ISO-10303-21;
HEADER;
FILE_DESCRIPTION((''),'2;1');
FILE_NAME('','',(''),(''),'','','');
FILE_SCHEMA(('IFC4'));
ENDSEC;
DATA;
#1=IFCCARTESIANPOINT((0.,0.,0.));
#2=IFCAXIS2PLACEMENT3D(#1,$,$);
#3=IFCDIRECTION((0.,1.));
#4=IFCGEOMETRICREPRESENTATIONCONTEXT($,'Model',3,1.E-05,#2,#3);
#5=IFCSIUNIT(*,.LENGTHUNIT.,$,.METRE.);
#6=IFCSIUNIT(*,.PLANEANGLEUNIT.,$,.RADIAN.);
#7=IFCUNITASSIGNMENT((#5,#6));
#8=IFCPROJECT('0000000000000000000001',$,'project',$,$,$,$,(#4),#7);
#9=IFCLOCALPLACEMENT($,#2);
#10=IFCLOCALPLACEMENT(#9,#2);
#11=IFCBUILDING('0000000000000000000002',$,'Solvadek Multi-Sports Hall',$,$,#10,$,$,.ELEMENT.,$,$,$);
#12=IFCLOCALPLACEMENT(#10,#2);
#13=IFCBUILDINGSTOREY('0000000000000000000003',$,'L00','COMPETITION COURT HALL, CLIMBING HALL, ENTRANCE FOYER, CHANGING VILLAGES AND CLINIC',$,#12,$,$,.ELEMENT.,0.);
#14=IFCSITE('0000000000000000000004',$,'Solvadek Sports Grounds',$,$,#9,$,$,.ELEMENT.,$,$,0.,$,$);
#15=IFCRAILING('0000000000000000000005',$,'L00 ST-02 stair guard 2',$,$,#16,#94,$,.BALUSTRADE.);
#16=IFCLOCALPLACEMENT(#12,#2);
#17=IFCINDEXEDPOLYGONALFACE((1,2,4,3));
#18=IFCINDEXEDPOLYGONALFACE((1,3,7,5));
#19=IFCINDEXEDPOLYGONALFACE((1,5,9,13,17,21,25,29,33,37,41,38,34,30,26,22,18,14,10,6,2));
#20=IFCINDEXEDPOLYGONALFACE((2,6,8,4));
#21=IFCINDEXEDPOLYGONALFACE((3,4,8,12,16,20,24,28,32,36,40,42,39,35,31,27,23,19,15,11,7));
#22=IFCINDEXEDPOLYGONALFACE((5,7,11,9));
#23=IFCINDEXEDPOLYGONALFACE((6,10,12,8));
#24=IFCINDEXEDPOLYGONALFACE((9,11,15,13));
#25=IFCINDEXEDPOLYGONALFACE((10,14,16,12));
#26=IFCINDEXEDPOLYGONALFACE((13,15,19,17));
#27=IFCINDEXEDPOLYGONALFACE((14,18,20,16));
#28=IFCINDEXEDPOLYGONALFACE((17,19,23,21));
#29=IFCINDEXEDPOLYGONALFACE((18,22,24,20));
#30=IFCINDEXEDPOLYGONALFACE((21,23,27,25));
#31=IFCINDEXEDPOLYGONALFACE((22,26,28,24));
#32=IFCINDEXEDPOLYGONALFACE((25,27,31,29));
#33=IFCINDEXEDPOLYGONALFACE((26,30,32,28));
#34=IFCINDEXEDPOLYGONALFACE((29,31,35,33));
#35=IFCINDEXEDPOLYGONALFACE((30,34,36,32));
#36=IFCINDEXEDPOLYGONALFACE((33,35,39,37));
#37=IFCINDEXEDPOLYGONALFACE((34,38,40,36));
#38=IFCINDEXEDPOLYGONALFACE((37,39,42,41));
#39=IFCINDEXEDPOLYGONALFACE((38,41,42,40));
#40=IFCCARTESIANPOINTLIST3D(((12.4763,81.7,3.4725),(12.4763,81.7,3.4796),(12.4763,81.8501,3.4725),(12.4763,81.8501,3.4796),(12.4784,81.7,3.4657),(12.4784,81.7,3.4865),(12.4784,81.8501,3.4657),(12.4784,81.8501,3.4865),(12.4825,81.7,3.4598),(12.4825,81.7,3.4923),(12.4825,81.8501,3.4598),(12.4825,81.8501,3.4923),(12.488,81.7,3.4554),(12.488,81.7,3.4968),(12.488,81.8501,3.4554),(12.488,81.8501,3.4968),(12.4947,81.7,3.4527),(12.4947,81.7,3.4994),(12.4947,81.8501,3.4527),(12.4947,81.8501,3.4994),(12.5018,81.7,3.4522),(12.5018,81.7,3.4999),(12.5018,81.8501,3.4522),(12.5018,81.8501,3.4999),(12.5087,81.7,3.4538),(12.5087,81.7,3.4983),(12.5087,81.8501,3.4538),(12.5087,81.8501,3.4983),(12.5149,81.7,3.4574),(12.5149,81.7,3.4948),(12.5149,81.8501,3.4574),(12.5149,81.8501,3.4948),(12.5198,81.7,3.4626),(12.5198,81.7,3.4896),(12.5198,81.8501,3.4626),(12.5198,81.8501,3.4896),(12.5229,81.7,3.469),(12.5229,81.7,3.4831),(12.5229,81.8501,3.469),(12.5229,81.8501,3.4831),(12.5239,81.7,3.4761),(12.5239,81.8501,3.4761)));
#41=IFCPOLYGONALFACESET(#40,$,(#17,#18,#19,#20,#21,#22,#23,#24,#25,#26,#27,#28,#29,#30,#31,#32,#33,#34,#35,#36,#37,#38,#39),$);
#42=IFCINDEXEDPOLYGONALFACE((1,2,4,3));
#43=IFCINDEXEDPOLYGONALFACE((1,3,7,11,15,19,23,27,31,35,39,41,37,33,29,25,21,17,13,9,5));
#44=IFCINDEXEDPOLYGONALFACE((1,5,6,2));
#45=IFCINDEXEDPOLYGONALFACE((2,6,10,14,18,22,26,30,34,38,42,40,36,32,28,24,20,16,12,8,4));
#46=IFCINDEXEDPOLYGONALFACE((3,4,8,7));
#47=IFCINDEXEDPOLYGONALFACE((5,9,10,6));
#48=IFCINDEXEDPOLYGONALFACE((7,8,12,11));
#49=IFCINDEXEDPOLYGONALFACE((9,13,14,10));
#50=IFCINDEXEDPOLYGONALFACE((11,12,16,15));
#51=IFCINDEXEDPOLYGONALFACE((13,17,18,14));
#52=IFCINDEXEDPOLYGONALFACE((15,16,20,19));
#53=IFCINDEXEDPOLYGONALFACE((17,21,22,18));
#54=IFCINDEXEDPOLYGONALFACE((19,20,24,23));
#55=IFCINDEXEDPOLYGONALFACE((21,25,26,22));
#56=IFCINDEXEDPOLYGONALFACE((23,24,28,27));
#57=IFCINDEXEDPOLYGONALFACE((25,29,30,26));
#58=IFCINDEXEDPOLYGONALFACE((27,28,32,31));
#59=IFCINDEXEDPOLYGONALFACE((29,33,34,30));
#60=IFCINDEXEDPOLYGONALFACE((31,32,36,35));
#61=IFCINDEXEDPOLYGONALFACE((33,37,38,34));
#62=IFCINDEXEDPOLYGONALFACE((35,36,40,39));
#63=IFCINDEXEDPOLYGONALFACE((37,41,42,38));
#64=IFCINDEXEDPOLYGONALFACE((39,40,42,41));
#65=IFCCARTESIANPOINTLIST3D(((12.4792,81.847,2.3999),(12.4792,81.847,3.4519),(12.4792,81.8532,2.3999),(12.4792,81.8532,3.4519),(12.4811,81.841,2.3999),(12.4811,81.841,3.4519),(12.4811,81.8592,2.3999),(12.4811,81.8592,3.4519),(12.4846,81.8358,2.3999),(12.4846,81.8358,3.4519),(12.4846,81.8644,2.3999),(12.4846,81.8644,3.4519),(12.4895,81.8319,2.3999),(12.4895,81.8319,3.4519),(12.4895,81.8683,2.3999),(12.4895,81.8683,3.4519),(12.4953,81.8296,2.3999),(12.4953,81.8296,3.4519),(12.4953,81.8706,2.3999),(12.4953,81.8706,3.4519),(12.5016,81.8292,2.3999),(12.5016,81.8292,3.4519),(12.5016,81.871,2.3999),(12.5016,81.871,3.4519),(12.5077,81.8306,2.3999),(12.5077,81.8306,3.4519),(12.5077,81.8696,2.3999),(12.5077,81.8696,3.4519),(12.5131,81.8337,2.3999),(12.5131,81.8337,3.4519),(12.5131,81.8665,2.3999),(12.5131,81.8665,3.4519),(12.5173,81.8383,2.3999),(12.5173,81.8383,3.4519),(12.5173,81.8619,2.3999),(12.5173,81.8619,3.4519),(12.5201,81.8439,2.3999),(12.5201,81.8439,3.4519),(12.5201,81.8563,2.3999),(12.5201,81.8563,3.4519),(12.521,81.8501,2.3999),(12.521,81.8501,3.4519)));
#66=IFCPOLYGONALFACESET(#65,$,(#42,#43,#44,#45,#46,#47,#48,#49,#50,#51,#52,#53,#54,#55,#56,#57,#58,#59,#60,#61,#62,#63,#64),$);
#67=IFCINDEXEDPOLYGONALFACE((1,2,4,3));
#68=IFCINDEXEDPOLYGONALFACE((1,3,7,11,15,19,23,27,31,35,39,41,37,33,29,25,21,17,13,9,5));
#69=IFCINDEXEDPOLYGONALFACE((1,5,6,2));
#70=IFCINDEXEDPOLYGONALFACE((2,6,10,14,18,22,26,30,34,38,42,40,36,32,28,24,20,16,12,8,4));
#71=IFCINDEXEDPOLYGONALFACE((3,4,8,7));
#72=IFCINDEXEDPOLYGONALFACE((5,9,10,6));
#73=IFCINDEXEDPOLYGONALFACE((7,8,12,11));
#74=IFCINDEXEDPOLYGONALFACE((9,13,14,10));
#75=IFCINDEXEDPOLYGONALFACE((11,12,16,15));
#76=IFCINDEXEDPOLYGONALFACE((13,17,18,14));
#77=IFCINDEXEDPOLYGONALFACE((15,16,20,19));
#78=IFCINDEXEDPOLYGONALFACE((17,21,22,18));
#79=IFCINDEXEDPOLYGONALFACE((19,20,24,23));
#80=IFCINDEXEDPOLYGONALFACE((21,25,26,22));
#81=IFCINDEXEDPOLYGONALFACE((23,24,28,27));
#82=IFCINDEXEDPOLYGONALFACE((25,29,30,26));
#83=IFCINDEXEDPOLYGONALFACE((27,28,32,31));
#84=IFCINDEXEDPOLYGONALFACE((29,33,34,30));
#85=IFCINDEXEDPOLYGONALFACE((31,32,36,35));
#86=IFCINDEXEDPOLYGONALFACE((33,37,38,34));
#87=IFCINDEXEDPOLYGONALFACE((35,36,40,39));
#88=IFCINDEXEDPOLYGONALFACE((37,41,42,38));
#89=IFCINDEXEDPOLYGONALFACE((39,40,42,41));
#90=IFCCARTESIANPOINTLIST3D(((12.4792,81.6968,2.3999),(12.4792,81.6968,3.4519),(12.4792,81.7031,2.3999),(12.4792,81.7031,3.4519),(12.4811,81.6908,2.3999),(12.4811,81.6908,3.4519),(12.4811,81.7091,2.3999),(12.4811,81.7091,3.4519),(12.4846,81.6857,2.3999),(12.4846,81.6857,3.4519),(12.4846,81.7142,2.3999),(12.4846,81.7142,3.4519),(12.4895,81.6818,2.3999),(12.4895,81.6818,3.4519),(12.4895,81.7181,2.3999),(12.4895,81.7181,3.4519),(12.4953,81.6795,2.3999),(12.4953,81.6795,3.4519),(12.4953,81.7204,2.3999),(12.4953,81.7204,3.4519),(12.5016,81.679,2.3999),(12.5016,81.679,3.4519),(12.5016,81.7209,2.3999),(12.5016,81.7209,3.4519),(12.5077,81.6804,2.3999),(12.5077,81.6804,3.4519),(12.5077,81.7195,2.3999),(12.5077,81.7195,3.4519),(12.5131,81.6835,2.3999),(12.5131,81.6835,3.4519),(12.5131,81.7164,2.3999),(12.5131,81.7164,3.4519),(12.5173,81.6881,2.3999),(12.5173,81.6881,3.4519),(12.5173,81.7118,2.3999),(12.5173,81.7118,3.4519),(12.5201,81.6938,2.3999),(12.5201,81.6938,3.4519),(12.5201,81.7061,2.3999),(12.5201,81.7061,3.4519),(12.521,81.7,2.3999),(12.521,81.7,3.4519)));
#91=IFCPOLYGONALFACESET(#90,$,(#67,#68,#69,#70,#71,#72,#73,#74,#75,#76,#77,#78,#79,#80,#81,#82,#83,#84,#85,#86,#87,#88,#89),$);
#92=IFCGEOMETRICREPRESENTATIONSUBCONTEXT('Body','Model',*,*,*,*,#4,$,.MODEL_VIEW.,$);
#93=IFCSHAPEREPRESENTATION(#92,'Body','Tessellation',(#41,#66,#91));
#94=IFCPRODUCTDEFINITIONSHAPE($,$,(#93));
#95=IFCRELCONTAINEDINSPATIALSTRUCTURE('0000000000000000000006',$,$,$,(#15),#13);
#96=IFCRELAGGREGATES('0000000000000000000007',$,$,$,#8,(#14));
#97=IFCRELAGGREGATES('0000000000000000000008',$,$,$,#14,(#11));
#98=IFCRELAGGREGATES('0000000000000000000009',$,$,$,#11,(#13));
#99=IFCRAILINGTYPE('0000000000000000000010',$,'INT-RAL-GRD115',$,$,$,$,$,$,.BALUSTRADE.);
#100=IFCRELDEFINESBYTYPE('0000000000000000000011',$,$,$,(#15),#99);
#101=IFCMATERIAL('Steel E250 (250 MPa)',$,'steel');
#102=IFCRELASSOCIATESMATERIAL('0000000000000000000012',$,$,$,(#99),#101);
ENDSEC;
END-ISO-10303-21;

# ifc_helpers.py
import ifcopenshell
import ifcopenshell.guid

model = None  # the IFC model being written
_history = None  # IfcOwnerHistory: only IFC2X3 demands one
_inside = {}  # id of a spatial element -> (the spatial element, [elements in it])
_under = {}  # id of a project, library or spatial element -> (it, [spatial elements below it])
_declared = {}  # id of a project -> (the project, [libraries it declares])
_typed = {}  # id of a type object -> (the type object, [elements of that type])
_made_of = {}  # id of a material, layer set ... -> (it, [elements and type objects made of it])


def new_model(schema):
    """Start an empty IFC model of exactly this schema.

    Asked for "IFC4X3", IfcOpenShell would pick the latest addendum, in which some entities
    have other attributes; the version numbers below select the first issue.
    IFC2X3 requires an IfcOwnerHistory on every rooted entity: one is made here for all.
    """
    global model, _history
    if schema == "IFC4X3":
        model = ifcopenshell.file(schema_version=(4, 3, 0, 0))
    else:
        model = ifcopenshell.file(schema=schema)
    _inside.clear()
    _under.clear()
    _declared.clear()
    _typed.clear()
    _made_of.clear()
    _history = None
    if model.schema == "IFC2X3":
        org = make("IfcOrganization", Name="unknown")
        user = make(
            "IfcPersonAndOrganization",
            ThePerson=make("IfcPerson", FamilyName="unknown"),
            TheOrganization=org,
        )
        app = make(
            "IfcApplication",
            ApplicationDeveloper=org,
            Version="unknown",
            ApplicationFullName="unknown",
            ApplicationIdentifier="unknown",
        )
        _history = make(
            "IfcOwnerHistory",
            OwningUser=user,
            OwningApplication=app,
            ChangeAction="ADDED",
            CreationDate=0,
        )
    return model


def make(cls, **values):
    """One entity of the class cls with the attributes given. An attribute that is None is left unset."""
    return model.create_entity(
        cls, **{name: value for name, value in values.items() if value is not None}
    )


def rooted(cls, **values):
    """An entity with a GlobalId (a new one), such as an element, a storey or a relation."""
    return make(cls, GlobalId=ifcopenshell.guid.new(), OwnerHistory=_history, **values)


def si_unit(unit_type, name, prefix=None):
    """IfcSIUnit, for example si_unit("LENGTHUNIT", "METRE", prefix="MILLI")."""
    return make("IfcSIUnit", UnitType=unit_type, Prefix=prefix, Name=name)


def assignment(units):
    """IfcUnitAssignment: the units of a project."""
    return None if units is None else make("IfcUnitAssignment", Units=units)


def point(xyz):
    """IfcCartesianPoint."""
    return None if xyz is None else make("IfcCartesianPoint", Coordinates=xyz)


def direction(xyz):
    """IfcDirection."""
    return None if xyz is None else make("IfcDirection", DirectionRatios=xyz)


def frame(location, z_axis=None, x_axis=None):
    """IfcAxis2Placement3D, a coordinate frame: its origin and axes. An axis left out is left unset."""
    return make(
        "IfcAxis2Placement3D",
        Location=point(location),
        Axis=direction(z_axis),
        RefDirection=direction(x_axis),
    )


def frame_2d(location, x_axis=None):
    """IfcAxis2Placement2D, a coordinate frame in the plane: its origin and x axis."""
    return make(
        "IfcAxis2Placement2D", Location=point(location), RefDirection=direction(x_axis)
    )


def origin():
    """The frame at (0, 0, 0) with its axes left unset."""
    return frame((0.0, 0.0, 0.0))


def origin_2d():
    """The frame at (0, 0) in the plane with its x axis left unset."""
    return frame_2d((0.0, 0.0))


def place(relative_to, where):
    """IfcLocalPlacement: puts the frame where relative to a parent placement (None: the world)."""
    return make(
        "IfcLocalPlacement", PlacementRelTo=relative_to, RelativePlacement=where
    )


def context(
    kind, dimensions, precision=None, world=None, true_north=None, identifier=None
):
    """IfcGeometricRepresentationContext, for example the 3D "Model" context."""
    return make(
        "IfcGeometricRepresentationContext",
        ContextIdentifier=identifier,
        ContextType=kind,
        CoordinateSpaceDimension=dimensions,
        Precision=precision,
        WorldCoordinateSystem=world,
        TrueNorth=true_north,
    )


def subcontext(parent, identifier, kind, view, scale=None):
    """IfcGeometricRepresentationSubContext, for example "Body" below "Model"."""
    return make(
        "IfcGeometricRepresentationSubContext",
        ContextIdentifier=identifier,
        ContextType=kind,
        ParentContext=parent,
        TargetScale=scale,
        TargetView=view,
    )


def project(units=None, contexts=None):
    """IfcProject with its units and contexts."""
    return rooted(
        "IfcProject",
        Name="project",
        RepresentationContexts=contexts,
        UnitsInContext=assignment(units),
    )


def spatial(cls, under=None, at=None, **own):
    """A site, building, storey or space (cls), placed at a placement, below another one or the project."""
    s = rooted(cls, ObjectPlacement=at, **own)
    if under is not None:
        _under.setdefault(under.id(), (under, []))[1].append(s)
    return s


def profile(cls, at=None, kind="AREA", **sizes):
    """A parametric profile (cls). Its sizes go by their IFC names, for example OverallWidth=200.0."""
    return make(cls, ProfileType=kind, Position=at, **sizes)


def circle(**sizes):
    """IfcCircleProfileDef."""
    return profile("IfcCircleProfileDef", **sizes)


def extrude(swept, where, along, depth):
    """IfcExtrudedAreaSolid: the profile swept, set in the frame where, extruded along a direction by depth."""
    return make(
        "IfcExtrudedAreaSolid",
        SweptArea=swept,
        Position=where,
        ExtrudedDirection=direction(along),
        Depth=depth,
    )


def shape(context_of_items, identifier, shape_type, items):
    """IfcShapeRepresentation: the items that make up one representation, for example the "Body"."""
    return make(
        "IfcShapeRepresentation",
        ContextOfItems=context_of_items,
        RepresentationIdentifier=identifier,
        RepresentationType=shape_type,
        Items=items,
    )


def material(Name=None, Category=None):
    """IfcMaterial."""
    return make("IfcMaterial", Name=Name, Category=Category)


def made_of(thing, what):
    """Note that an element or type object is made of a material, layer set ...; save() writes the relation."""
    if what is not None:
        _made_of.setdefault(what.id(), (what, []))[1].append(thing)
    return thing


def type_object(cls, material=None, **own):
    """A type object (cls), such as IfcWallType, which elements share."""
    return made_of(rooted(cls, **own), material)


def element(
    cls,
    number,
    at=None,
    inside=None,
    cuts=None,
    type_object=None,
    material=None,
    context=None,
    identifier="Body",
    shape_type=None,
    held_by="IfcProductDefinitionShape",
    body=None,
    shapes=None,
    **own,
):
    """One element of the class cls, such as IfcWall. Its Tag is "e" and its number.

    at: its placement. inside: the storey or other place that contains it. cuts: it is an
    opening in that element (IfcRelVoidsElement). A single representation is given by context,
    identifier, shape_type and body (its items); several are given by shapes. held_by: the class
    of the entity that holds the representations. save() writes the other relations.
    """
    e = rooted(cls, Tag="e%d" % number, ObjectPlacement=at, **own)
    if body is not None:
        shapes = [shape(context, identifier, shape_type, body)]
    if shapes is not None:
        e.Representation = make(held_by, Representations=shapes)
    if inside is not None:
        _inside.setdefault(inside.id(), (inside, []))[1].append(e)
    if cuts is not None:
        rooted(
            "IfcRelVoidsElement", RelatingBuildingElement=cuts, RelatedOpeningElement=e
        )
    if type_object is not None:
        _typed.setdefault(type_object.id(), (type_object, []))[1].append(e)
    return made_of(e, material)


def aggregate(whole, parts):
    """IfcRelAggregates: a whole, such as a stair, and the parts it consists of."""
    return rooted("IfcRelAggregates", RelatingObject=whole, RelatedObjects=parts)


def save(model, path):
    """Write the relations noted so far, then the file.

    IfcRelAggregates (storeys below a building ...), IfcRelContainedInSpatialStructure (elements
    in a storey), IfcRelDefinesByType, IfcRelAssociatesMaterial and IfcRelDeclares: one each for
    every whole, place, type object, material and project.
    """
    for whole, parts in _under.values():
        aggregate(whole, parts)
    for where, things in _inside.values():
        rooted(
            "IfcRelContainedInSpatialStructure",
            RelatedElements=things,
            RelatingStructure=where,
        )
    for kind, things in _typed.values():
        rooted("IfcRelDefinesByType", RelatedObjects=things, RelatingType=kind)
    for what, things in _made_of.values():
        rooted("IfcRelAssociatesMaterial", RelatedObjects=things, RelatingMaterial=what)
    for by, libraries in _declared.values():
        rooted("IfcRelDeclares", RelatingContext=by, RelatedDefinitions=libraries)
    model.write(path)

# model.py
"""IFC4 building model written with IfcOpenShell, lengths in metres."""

from ifc_helpers import new_model, si_unit, direction, frame, origin, origin_2d, place, context, subcontext, project, spatial, circle, extrude, material, type_object, element, save


model = new_model("IFC4")

# Units and contexts
model_context = context("Model", 3, precision=1e-05, world=origin(), true_north=direction((0.0, 1.0)))
body_context = subcontext(model_context, "Body", "Model", "MODEL_VIEW")
ifc_project = project(units=[si_unit("LENGTHUNIT", "METRE"), si_unit("PLANEANGLEUNIT", "RADIAN")], contexts=[model_context])

# Site, building, storey
site_placement = place(None, origin())
site = spatial("IfcSite", under=ifc_project, at=site_placement, Name="Solvadek Sports Grounds", CompositionType="ELEMENT", RefElevation=0.0)
building_placement = place(site_placement, origin())
building = spatial("IfcBuilding", under=site, at=building_placement, Name="Solvadek Multi-Sports Hall", CompositionType="ELEMENT")
storey_placement = place(building_placement, origin())
storey = spatial("IfcBuildingStorey", under=building, at=storey_placement, Name="L00", Description="COMPETITION COURT HALL, CLIMBING HALL, ENTRANCE FOYER, CHANGING VILLAGES AND CLINIC", CompositionType="ELEMENT", Elevation=0.0)

# Shared definitions
ifc_material_1 = material(Name="Steel E250 (250 MPa)", Category="steel")

# Railing
railing_type_1 = type_object("IfcRailingType", Name="INT-RAL-GRD115", PredefinedType="BALUSTRADE", material=ifc_material_1)
railing_1_placement = place(storey_placement, frame((12.5, 81.8501, 2.3999)))
element("IfcRailing", 1, at=railing_1_placement, inside=storey, type_object=railing_type_1, Name="L00 ST-02 stair guard 2", PredefinedType="BALUSTRADE", context=body_context, shape_type="SweptSolid", body=[
    extrude(circle(Radius=0.0239, at=origin_2d()), frame((0.0, 0.0, 1.0762), z_axis=(0.0, -1.0, 0.0), x_axis=(1.0, 0.0, 0.0)), (0.0, 0.0, 1.0), 0.1501),
    extrude(circle(Radius=0.021, at=origin_2d()), origin(), (0.0, 0.0, 1.0), 1.052),
    extrude(circle(Radius=0.021, at=origin_2d()), frame((0.0, -0.1501, 0.0)), (0.0, 0.0, 1.0), 1.052),
])

save(model, "model.ifc")
